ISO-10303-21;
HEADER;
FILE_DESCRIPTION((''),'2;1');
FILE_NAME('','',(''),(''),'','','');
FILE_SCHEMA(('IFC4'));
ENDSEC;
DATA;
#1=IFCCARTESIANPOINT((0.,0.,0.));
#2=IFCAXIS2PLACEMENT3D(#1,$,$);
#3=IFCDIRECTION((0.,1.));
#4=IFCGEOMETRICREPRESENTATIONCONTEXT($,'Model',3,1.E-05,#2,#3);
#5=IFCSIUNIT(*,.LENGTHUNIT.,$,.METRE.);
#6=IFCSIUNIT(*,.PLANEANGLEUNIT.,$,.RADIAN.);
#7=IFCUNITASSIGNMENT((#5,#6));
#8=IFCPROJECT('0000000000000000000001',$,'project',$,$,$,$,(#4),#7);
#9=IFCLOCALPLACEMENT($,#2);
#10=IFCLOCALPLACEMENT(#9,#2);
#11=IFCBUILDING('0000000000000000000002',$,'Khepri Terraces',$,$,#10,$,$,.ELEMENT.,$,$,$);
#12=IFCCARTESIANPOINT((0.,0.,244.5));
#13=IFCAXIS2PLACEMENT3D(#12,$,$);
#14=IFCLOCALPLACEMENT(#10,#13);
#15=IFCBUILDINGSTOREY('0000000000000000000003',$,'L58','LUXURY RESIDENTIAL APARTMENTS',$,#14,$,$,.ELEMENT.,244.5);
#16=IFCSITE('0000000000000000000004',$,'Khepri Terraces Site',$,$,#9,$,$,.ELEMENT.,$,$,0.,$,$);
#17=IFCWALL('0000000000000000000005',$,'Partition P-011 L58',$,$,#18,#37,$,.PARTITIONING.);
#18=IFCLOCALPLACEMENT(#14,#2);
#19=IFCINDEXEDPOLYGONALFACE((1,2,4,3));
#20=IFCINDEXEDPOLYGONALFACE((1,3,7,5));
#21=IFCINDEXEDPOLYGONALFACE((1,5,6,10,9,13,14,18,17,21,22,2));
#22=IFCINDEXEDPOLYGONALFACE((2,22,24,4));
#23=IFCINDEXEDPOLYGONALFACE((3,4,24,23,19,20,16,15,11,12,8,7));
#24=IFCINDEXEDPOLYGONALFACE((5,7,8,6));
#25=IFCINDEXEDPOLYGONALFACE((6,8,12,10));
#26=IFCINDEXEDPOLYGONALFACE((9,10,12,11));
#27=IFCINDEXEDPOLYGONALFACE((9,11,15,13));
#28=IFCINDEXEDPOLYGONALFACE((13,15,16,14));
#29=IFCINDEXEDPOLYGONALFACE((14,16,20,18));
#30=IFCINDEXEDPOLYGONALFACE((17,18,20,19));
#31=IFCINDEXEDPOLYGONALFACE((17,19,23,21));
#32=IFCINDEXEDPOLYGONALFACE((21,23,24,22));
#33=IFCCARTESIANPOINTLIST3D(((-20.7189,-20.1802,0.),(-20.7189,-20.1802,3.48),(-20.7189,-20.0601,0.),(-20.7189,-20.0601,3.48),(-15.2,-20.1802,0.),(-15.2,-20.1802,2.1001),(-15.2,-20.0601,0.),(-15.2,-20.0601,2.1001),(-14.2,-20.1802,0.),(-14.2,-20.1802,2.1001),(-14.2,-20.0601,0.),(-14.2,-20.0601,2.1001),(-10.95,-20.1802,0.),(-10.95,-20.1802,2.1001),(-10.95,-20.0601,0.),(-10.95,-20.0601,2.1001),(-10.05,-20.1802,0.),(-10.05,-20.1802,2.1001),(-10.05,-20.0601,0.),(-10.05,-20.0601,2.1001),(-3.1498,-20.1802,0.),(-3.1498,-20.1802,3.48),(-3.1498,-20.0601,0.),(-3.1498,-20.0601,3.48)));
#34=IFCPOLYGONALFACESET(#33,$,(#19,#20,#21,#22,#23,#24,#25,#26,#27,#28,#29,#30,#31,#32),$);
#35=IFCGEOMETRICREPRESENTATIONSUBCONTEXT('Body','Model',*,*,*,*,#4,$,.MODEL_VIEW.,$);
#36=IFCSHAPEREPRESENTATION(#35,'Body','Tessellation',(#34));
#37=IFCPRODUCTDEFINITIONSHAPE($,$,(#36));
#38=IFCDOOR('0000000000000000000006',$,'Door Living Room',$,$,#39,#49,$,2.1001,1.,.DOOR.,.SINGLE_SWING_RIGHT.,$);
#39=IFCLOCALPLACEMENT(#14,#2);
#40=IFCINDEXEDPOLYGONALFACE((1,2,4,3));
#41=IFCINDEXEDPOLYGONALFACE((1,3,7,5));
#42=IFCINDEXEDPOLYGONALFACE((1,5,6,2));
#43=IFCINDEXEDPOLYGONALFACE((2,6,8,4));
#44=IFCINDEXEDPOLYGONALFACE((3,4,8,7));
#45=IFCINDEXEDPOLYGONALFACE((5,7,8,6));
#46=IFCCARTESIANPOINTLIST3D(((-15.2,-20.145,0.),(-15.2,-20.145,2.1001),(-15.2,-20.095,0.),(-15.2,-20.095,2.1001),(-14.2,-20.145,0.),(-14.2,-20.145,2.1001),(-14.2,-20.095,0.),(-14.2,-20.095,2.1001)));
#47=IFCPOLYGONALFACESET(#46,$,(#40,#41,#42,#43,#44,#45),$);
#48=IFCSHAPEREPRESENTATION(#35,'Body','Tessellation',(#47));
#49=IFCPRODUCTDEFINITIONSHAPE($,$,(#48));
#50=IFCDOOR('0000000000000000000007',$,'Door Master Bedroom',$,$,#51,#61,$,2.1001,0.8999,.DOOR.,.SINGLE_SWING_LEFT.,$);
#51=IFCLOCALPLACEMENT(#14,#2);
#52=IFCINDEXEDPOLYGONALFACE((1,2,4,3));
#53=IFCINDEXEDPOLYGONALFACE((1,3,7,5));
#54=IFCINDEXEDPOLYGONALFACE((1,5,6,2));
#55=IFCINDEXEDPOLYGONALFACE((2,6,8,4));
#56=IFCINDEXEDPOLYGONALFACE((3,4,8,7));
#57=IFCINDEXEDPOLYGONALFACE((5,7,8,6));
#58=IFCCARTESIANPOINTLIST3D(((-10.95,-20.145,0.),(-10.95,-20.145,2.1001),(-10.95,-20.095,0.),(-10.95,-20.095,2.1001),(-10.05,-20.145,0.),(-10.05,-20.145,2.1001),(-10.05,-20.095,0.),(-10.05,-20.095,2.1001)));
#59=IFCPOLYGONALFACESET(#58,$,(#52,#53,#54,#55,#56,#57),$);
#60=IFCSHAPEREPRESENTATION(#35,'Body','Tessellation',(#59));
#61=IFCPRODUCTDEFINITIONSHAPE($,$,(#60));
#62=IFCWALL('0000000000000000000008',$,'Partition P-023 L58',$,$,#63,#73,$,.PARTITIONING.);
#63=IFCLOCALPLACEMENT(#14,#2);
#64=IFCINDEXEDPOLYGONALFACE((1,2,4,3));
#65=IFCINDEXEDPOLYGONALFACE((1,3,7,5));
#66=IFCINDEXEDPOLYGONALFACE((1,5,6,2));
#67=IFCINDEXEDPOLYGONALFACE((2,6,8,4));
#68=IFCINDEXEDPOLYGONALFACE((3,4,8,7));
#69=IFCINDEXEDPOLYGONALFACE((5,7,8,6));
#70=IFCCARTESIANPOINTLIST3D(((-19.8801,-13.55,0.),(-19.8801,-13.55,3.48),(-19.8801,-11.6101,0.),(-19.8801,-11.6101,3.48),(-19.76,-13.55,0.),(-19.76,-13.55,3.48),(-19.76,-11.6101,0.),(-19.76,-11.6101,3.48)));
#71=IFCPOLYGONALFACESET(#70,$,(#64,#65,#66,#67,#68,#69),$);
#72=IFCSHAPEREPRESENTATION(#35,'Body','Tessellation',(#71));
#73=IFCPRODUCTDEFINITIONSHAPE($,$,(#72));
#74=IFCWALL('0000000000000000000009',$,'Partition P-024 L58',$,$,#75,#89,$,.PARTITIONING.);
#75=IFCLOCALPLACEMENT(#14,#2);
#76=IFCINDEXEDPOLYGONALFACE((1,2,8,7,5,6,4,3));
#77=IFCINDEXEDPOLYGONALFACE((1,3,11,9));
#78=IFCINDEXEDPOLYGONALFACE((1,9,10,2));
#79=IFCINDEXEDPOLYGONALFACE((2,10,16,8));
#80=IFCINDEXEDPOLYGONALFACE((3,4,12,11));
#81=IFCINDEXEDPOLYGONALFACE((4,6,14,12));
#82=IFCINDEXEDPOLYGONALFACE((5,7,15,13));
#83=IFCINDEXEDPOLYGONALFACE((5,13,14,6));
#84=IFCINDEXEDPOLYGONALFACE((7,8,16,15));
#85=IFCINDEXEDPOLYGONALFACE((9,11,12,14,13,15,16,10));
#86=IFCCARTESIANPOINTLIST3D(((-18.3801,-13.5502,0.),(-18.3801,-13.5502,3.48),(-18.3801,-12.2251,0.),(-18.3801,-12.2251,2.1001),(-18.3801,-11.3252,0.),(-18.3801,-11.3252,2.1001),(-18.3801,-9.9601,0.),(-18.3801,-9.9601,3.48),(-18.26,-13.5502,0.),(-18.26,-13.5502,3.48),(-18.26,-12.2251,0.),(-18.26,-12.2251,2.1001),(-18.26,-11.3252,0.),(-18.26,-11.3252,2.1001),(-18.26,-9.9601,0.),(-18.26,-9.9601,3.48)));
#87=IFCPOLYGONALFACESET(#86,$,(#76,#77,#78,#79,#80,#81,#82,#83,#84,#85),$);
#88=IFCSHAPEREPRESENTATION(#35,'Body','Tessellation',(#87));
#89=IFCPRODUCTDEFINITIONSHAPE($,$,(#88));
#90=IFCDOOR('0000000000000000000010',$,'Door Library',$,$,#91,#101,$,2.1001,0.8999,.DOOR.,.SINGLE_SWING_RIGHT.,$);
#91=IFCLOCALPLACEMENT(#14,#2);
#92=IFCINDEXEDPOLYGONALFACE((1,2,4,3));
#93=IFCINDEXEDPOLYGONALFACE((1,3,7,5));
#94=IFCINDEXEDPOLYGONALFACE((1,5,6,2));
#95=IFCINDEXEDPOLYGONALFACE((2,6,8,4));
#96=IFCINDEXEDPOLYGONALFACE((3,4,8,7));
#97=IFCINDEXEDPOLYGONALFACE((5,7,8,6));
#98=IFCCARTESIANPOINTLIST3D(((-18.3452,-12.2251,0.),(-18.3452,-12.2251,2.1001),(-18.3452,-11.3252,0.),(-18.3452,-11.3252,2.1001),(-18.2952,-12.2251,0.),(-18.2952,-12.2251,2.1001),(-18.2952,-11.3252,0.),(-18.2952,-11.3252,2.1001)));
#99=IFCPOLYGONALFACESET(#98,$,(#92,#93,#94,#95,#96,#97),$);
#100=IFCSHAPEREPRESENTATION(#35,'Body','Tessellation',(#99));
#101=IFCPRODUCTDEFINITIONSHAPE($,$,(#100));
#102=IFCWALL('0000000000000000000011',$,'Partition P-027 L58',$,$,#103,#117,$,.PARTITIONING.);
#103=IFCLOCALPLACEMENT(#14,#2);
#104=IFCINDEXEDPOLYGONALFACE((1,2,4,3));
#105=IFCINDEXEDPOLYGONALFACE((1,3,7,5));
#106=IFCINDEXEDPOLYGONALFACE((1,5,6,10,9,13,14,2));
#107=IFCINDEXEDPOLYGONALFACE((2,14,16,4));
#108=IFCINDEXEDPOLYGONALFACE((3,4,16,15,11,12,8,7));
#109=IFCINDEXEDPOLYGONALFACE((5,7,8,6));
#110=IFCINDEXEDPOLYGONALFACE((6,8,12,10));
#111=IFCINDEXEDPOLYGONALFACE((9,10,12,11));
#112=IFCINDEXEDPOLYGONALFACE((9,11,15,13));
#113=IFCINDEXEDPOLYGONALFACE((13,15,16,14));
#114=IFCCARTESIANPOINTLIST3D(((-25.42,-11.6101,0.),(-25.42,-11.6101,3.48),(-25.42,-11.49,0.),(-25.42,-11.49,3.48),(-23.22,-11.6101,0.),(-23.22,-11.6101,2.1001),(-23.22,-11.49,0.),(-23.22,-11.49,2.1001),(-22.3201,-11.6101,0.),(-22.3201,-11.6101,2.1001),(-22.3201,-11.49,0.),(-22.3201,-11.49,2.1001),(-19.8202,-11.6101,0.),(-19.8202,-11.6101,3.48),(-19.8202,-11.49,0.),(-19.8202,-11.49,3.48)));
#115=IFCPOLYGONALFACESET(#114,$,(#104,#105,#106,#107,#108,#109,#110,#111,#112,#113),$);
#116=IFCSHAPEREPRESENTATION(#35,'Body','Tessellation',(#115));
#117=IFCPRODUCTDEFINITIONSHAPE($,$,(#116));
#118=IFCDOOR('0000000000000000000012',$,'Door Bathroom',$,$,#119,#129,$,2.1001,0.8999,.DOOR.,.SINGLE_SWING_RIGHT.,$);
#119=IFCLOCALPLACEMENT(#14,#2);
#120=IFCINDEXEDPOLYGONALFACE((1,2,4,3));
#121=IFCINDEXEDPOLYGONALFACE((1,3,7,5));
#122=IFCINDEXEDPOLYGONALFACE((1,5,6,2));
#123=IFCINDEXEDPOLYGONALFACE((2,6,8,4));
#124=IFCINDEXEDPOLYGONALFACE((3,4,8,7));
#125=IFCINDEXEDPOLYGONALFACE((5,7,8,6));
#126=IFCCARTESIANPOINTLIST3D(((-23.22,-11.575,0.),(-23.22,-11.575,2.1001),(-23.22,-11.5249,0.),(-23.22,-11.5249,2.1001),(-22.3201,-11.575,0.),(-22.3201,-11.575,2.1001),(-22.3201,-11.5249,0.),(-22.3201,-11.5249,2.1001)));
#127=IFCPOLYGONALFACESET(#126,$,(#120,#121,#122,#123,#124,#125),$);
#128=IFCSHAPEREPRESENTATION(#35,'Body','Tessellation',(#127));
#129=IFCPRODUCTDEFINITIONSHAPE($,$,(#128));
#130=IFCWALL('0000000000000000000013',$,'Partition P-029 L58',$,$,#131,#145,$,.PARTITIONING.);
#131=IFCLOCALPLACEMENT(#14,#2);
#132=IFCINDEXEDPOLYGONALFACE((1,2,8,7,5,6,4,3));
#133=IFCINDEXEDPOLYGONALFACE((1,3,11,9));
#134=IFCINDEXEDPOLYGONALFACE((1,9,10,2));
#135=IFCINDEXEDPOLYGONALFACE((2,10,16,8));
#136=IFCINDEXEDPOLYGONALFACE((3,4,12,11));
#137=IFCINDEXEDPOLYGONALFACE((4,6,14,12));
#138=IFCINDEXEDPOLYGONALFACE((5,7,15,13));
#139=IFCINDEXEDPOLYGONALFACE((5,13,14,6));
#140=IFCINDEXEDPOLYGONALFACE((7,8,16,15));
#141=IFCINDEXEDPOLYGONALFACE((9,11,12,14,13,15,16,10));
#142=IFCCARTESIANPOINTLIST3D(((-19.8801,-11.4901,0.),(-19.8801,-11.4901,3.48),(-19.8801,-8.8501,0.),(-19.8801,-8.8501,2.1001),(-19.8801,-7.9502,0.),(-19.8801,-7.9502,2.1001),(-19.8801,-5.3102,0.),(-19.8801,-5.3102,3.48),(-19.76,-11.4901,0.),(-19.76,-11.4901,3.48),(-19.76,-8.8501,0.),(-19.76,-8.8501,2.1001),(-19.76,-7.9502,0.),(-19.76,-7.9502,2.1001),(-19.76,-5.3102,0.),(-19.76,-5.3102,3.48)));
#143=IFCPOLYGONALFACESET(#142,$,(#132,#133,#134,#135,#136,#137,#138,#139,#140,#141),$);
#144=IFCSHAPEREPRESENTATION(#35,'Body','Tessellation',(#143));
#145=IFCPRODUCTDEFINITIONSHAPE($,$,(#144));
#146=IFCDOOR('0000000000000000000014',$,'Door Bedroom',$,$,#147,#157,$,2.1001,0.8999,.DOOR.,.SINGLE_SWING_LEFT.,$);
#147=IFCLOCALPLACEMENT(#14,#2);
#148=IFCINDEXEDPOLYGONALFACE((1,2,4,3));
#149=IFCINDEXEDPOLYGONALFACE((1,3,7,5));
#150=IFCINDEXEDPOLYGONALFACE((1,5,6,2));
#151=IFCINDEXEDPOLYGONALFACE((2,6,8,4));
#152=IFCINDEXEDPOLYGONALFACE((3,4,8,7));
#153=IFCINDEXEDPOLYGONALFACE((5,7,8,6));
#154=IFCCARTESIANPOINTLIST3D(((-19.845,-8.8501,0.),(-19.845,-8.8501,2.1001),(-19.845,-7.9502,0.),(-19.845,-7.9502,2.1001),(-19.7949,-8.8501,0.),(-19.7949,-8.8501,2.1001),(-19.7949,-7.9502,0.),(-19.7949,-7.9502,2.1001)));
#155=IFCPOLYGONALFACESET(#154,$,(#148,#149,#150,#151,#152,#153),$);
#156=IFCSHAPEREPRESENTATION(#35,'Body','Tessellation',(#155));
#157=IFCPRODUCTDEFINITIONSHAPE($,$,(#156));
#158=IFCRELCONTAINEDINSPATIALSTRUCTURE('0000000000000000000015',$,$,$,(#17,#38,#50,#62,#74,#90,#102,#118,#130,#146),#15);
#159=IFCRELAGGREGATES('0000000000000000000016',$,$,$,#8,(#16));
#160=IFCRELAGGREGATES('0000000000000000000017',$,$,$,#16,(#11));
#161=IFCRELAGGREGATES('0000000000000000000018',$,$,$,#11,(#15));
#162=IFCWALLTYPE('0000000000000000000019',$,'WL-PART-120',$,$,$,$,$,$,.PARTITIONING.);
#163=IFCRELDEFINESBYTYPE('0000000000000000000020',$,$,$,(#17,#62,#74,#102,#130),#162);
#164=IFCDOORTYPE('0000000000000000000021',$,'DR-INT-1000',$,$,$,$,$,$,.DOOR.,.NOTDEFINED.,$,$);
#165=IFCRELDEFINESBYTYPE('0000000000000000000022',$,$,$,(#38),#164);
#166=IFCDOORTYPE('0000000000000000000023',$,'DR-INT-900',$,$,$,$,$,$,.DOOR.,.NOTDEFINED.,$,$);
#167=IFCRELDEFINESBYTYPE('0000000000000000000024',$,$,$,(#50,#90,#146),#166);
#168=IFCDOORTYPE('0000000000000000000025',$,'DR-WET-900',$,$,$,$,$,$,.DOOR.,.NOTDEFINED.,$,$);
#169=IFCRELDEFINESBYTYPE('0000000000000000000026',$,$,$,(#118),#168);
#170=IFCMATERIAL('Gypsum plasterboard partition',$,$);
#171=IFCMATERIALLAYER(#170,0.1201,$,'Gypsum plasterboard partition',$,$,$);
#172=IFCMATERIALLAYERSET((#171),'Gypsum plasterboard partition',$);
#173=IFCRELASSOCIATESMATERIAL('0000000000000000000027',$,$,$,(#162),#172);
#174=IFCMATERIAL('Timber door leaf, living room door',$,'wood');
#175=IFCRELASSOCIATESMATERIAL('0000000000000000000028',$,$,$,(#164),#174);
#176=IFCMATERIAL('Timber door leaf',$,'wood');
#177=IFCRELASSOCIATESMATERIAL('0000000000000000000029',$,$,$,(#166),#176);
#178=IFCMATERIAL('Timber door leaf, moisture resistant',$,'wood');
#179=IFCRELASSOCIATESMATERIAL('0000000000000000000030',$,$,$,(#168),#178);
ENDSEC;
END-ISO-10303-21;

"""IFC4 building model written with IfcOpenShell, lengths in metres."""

from ifc_helpers import new_model, si_unit, direction, frame, frame_2d, origin, place, context, subcontext, project, spatial, rectangle, extrude, material, layer, layer_set, type_object, element, fill, save


model = new_model("IFC4")

# Units and contexts
model_context = context("Model", 3, precision=1e-05, world=origin(), true_north=direction((0.0, 1.0)))
body_context = subcontext(model_context, "Body", "Model", "MODEL_VIEW")
ifc_project = project(units=[si_unit("LENGTHUNIT", "METRE"), si_unit("PLANEANGLEUNIT", "RADIAN")], contexts=[model_context])

# Site, building, storey
site_placement = place(None, origin())
site = spatial("IfcSite", under=ifc_project, at=site_placement, Name="Khepri Terraces Site", CompositionType="ELEMENT", RefElevation=0.0)
building_placement = place(site_placement, origin())
building = spatial("IfcBuilding", under=site, at=building_placement, Name="Khepri Terraces", CompositionType="ELEMENT")
storey_placement = place(building_placement, frame((0.0, 0.0, 244.5)))
storey = spatial("IfcBuildingStorey", under=building, at=storey_placement, Name="L58", Description="LUXURY RESIDENTIAL APARTMENTS", CompositionType="ELEMENT", Elevation=244.5)

# Shared definitions
ifc_material_1 = material(Name="Gypsum plasterboard partition")
ifc_layer_1 = layer(ifc_material_1, 0.1201, Name="Gypsum plasterboard partition")
ifc_layer_set_1 = layer_set([ifc_layer_1], Name="Gypsum plasterboard partition")
wall_type_1 = type_object("IfcWallType", Name="WL-PART-120", PredefinedType="PARTITIONING", material=ifc_layer_set_1)

# Wall, openings, doors
wall_1_placement = place(storey_placement, frame((-20.719, -20.1201, 0.0), z_axis=(0.0, 0.0, 1.0), x_axis=(1.0, 0.0, 0.0)))
wall_1 = element("IfcWall", 1, at=wall_1_placement, inside=storey, type_object=wall_type_1, Name="Partition P-011 L58", PredefinedType="PARTITIONING", context=body_context, shape_type="SweptSolid", body=[
    extrude(rectangle(XDim=17.5691, YDim=0.1201, at=frame_2d((8.7847, 0.0))), origin(), (0.0, 0.0, 1.0), 3.48),
])
opening_1_placement = place(wall_1_placement, frame((5.519, 0.0, 0.0)))
opening_1 = element("IfcOpeningElement", 2, at=opening_1_placement, cuts=wall_1, PredefinedType="OPENING", context=body_context, shape_type="SweptSolid", body=[
    extrude(rectangle(XDim=1.0, YDim=2.1001, at=frame_2d((0.5, 1.05))), frame((0.0, 0.0701, 0.0), z_axis=(0.0, -1.0, 0.0), x_axis=(1.0, 0.0, 0.0)), (0.0, 0.0, 1.0), 0.1401),
])
opening_2_placement = place(wall_1_placement, frame((9.769, 0.0, 0.0)))
opening_2 = element("IfcOpeningElement", 3, at=opening_2_placement, cuts=wall_1, PredefinedType="OPENING", context=body_context, shape_type="SweptSolid", body=[
    extrude(rectangle(XDim=0.8999, YDim=2.1001, at=frame_2d((0.45, 1.05))), frame((0.0, 0.0701, 0.0), z_axis=(0.0, -1.0, 0.0), x_axis=(1.0, 0.0, 0.0)), (0.0, 0.0, 1.0), 0.1401),
])
ifc_material_2 = material(Name="Timber door leaf, living room door", Category="wood")
door_type_1 = type_object("IfcDoorType", Name="DR-INT-1000", OperationType="NOTDEFINED", PredefinedType="DOOR", material=ifc_material_2)
door_1_placement = place(opening_1_placement, frame((1.0, 0.0, 0.0), z_axis=(0.0, 0.0, 1.0), x_axis=(-1.0, 0.0, 0.0)))
door_1 = element("IfcDoor", 4, at=door_1_placement, inside=storey, type_object=door_type_1, Name="Door Living Room", OperationType="SINGLE_SWING_RIGHT", OverallHeight=2.1001, OverallWidth=1.0, PredefinedType="DOOR", context=body_context, shape_type="SweptSolid", body=[
    extrude(rectangle(XDim=1.0, YDim=2.1001, at=frame_2d((0.5, 1.05))), frame((0.0, 0.0249, 0.0), z_axis=(0.0, -1.0, 0.0), x_axis=(1.0, 0.0, 0.0)), (0.0, 0.0, 1.0), 0.05),
])
fill(opening_1, door_1)
ifc_material_3 = material(Name="Timber door leaf", Category="wood")
door_type_2 = type_object("IfcDoorType", Name="DR-INT-900", OperationType="NOTDEFINED", PredefinedType="DOOR", material=ifc_material_3)
door_2_placement = place(opening_2_placement, frame((0.8999, 0.0, 0.0), z_axis=(0.0, 0.0, 1.0), x_axis=(-1.0, 0.0, 0.0)))
door_2 = element("IfcDoor", 5, at=door_2_placement, inside=storey, type_object=door_type_2, Name="Door Master Bedroom", OperationType="SINGLE_SWING_LEFT", OverallHeight=2.1001, OverallWidth=0.8999, PredefinedType="DOOR", context=body_context, shape_type="SweptSolid", body=[
    extrude(rectangle(XDim=0.8999, YDim=2.1001, at=frame_2d((0.45, 1.05))), frame((0.0, 0.0249, 0.0), z_axis=(0.0, -1.0, 0.0), x_axis=(1.0, 0.0, 0.0)), (0.0, 0.0, 1.0), 0.05),
])
fill(opening_2, door_2)

# Wall
wall_2_placement = place(storey_placement, frame((-19.8201, -13.55, 0.0), z_axis=(0.0, 0.0, 1.0), x_axis=(0.0, 1.0, 0.0)))
element("IfcWall", 6, at=wall_2_placement, inside=storey, type_object=wall_type_1, Name="Partition P-023 L58", PredefinedType="PARTITIONING", context=body_context, shape_type="SweptSolid", body=[
    extrude(rectangle(XDim=1.9399, YDim=0.1201, at=frame_2d((0.97, 0.0))), origin(), (0.0, 0.0, 1.0), 3.48),
])

# Walls, openings, doors
wall_3_placement = place(storey_placement, frame((-18.3201, -13.55, 0.0), z_axis=(0.0, 0.0, 1.0), x_axis=(0.0, 1.0, 0.0)))
wall_3 = element("IfcWall", 7, at=wall_3_placement, inside=storey, type_object=wall_type_1, Name="Partition P-024 L58", PredefinedType="PARTITIONING", context=body_context, shape_type="SweptSolid", body=[
    extrude(rectangle(XDim=3.5901, YDim=0.1201, at=frame_2d((1.7949, 0.0))), origin(), (0.0, 0.0, 1.0), 3.48),
])
opening_3_placement = place(wall_3_placement, frame((1.325, 0.0, 0.0)))
opening_3 = element("IfcOpeningElement", 8, at=opening_3_placement, cuts=wall_3, PredefinedType="OPENING", context=body_context, shape_type="SweptSolid", body=[
    extrude(rectangle(XDim=0.8999, YDim=2.1001, at=frame_2d((0.45, 1.05))), frame((0.0, 0.0701, 0.0), z_axis=(0.0, -1.0, 0.0), x_axis=(1.0, 0.0, 0.0)), (0.0, 0.0, 1.0), 0.1401),
])
door_3_placement = place(opening_3_placement, frame((0.8999, 0.0, 0.0), z_axis=(0.0, 0.0, 1.0), x_axis=(-1.0, 0.0, 0.0)))
door_3 = element("IfcDoor", 9, at=door_3_placement, inside=storey, type_object=door_type_2, Name="Door Library", OperationType="SINGLE_SWING_RIGHT", OverallHeight=2.1001, OverallWidth=0.8999, PredefinedType="DOOR", context=body_context, shape_type="SweptSolid", body=[
    extrude(rectangle(XDim=0.8999, YDim=2.1001, at=frame_2d((0.45, 1.05))), frame((0.0, 0.0249, 0.0), z_axis=(0.0, -1.0, 0.0), x_axis=(1.0, 0.0, 0.0)), (0.0, 0.0, 1.0), 0.05),
])
fill(opening_3, door_3)
wall_4_placement = place(storey_placement, frame((-25.4199, -11.55, 0.0), z_axis=(0.0, 0.0, 1.0), x_axis=(1.0, 0.0, 0.0)))
wall_4 = element("IfcWall", 10, at=wall_4_placement, inside=storey, type_object=wall_type_1, Name="Partition P-027 L58", PredefinedType="PARTITIONING", context=body_context, shape_type="SweptSolid", body=[
    extrude(rectangle(XDim=5.5999, YDim=0.1201, at=frame_2d((2.7998, 0.0))), origin(), (0.0, 0.0, 1.0), 3.48),
])
opening_4_placement = place(wall_4_placement, frame((2.2, 0.0, 0.0)))
opening_4 = element("IfcOpeningElement", 11, at=opening_4_placement, cuts=wall_4, PredefinedType="OPENING", context=body_context, shape_type="SweptSolid", body=[
    extrude(rectangle(XDim=0.8999, YDim=2.1001, at=frame_2d((0.45, 1.05))), frame((0.0, 0.0701, 0.0), z_axis=(0.0, -1.0, 0.0), x_axis=(1.0, 0.0, 0.0)), (0.0, 0.0, 1.0), 0.1401),
])
ifc_material_4 = material(Name="Timber door leaf, moisture resistant", Category="wood")
door_type_3 = type_object("IfcDoorType", Name="DR-WET-900", OperationType="NOTDEFINED", PredefinedType="DOOR", material=ifc_material_4)
door_4_placement = place(opening_4_placement, frame((0.8999, 0.0, 0.0), z_axis=(0.0, 0.0, 1.0), x_axis=(-1.0, 0.0, 0.0)))
door_4 = element("IfcDoor", 12, at=door_4_placement, inside=storey, type_object=door_type_3, Name="Door Bathroom", OperationType="SINGLE_SWING_RIGHT", OverallHeight=2.1001, OverallWidth=0.8999, PredefinedType="DOOR", context=body_context, shape_type="SweptSolid", body=[
    extrude(rectangle(XDim=0.8999, YDim=2.1001, at=frame_2d((0.45, 1.05))), frame((0.0, 0.0249, 0.0), z_axis=(0.0, -1.0, 0.0), x_axis=(1.0, 0.0, 0.0)), (0.0, 0.0, 1.0), 0.05),
])
fill(opening_4, door_4)
wall_5_placement = place(storey_placement, frame((-19.8201, -11.49, 0.0), z_axis=(0.0, 0.0, 1.0), x_axis=(0.0, 1.0, 0.0)))
wall_5 = element("IfcWall", 13, at=wall_5_placement, inside=storey, type_object=wall_type_1, Name="Partition P-029 L58", PredefinedType="PARTITIONING", context=body_context, shape_type="SweptSolid", body=[
    extrude(rectangle(XDim=6.1799, YDim=0.1201, at=frame_2d((3.0898, 0.0))), origin(), (0.0, 0.0, 1.0), 3.48),
])
opening_5_placement = place(wall_5_placement, frame((2.6399, 0.0, 0.0)))
opening_5 = element("IfcOpeningElement", 14, at=opening_5_placement, cuts=wall_5, PredefinedType="OPENING", context=body_context, shape_type="SweptSolid", body=[
    extrude(rectangle(XDim=0.8999, YDim=2.1001, at=frame_2d((0.45, 1.05))), frame((0.0, 0.0701, 0.0), z_axis=(0.0, -1.0, 0.0), x_axis=(1.0, 0.0, 0.0)), (0.0, 0.0, 1.0), 0.1401),
])
door_5_placement = place(opening_5_placement, origin())
door_5 = element("IfcDoor", 15, at=door_5_placement, inside=storey, type_object=door_type_2, Name="Door Bedroom", OperationType="SINGLE_SWING_LEFT", OverallHeight=2.1001, OverallWidth=0.8999, PredefinedType="DOOR", context=body_context, shape_type="SweptSolid", body=[
    extrude(rectangle(XDim=0.8999, YDim=2.1001, at=frame_2d((0.45, 1.05))), frame((0.0, 0.0249, 0.0), z_axis=(0.0, -1.0, 0.0), x_axis=(1.0, 0.0, 0.0)), (0.0, 0.0, 1.0), 0.05),
])
fill(opening_5, door_5)

save(model, "model.ifc")
